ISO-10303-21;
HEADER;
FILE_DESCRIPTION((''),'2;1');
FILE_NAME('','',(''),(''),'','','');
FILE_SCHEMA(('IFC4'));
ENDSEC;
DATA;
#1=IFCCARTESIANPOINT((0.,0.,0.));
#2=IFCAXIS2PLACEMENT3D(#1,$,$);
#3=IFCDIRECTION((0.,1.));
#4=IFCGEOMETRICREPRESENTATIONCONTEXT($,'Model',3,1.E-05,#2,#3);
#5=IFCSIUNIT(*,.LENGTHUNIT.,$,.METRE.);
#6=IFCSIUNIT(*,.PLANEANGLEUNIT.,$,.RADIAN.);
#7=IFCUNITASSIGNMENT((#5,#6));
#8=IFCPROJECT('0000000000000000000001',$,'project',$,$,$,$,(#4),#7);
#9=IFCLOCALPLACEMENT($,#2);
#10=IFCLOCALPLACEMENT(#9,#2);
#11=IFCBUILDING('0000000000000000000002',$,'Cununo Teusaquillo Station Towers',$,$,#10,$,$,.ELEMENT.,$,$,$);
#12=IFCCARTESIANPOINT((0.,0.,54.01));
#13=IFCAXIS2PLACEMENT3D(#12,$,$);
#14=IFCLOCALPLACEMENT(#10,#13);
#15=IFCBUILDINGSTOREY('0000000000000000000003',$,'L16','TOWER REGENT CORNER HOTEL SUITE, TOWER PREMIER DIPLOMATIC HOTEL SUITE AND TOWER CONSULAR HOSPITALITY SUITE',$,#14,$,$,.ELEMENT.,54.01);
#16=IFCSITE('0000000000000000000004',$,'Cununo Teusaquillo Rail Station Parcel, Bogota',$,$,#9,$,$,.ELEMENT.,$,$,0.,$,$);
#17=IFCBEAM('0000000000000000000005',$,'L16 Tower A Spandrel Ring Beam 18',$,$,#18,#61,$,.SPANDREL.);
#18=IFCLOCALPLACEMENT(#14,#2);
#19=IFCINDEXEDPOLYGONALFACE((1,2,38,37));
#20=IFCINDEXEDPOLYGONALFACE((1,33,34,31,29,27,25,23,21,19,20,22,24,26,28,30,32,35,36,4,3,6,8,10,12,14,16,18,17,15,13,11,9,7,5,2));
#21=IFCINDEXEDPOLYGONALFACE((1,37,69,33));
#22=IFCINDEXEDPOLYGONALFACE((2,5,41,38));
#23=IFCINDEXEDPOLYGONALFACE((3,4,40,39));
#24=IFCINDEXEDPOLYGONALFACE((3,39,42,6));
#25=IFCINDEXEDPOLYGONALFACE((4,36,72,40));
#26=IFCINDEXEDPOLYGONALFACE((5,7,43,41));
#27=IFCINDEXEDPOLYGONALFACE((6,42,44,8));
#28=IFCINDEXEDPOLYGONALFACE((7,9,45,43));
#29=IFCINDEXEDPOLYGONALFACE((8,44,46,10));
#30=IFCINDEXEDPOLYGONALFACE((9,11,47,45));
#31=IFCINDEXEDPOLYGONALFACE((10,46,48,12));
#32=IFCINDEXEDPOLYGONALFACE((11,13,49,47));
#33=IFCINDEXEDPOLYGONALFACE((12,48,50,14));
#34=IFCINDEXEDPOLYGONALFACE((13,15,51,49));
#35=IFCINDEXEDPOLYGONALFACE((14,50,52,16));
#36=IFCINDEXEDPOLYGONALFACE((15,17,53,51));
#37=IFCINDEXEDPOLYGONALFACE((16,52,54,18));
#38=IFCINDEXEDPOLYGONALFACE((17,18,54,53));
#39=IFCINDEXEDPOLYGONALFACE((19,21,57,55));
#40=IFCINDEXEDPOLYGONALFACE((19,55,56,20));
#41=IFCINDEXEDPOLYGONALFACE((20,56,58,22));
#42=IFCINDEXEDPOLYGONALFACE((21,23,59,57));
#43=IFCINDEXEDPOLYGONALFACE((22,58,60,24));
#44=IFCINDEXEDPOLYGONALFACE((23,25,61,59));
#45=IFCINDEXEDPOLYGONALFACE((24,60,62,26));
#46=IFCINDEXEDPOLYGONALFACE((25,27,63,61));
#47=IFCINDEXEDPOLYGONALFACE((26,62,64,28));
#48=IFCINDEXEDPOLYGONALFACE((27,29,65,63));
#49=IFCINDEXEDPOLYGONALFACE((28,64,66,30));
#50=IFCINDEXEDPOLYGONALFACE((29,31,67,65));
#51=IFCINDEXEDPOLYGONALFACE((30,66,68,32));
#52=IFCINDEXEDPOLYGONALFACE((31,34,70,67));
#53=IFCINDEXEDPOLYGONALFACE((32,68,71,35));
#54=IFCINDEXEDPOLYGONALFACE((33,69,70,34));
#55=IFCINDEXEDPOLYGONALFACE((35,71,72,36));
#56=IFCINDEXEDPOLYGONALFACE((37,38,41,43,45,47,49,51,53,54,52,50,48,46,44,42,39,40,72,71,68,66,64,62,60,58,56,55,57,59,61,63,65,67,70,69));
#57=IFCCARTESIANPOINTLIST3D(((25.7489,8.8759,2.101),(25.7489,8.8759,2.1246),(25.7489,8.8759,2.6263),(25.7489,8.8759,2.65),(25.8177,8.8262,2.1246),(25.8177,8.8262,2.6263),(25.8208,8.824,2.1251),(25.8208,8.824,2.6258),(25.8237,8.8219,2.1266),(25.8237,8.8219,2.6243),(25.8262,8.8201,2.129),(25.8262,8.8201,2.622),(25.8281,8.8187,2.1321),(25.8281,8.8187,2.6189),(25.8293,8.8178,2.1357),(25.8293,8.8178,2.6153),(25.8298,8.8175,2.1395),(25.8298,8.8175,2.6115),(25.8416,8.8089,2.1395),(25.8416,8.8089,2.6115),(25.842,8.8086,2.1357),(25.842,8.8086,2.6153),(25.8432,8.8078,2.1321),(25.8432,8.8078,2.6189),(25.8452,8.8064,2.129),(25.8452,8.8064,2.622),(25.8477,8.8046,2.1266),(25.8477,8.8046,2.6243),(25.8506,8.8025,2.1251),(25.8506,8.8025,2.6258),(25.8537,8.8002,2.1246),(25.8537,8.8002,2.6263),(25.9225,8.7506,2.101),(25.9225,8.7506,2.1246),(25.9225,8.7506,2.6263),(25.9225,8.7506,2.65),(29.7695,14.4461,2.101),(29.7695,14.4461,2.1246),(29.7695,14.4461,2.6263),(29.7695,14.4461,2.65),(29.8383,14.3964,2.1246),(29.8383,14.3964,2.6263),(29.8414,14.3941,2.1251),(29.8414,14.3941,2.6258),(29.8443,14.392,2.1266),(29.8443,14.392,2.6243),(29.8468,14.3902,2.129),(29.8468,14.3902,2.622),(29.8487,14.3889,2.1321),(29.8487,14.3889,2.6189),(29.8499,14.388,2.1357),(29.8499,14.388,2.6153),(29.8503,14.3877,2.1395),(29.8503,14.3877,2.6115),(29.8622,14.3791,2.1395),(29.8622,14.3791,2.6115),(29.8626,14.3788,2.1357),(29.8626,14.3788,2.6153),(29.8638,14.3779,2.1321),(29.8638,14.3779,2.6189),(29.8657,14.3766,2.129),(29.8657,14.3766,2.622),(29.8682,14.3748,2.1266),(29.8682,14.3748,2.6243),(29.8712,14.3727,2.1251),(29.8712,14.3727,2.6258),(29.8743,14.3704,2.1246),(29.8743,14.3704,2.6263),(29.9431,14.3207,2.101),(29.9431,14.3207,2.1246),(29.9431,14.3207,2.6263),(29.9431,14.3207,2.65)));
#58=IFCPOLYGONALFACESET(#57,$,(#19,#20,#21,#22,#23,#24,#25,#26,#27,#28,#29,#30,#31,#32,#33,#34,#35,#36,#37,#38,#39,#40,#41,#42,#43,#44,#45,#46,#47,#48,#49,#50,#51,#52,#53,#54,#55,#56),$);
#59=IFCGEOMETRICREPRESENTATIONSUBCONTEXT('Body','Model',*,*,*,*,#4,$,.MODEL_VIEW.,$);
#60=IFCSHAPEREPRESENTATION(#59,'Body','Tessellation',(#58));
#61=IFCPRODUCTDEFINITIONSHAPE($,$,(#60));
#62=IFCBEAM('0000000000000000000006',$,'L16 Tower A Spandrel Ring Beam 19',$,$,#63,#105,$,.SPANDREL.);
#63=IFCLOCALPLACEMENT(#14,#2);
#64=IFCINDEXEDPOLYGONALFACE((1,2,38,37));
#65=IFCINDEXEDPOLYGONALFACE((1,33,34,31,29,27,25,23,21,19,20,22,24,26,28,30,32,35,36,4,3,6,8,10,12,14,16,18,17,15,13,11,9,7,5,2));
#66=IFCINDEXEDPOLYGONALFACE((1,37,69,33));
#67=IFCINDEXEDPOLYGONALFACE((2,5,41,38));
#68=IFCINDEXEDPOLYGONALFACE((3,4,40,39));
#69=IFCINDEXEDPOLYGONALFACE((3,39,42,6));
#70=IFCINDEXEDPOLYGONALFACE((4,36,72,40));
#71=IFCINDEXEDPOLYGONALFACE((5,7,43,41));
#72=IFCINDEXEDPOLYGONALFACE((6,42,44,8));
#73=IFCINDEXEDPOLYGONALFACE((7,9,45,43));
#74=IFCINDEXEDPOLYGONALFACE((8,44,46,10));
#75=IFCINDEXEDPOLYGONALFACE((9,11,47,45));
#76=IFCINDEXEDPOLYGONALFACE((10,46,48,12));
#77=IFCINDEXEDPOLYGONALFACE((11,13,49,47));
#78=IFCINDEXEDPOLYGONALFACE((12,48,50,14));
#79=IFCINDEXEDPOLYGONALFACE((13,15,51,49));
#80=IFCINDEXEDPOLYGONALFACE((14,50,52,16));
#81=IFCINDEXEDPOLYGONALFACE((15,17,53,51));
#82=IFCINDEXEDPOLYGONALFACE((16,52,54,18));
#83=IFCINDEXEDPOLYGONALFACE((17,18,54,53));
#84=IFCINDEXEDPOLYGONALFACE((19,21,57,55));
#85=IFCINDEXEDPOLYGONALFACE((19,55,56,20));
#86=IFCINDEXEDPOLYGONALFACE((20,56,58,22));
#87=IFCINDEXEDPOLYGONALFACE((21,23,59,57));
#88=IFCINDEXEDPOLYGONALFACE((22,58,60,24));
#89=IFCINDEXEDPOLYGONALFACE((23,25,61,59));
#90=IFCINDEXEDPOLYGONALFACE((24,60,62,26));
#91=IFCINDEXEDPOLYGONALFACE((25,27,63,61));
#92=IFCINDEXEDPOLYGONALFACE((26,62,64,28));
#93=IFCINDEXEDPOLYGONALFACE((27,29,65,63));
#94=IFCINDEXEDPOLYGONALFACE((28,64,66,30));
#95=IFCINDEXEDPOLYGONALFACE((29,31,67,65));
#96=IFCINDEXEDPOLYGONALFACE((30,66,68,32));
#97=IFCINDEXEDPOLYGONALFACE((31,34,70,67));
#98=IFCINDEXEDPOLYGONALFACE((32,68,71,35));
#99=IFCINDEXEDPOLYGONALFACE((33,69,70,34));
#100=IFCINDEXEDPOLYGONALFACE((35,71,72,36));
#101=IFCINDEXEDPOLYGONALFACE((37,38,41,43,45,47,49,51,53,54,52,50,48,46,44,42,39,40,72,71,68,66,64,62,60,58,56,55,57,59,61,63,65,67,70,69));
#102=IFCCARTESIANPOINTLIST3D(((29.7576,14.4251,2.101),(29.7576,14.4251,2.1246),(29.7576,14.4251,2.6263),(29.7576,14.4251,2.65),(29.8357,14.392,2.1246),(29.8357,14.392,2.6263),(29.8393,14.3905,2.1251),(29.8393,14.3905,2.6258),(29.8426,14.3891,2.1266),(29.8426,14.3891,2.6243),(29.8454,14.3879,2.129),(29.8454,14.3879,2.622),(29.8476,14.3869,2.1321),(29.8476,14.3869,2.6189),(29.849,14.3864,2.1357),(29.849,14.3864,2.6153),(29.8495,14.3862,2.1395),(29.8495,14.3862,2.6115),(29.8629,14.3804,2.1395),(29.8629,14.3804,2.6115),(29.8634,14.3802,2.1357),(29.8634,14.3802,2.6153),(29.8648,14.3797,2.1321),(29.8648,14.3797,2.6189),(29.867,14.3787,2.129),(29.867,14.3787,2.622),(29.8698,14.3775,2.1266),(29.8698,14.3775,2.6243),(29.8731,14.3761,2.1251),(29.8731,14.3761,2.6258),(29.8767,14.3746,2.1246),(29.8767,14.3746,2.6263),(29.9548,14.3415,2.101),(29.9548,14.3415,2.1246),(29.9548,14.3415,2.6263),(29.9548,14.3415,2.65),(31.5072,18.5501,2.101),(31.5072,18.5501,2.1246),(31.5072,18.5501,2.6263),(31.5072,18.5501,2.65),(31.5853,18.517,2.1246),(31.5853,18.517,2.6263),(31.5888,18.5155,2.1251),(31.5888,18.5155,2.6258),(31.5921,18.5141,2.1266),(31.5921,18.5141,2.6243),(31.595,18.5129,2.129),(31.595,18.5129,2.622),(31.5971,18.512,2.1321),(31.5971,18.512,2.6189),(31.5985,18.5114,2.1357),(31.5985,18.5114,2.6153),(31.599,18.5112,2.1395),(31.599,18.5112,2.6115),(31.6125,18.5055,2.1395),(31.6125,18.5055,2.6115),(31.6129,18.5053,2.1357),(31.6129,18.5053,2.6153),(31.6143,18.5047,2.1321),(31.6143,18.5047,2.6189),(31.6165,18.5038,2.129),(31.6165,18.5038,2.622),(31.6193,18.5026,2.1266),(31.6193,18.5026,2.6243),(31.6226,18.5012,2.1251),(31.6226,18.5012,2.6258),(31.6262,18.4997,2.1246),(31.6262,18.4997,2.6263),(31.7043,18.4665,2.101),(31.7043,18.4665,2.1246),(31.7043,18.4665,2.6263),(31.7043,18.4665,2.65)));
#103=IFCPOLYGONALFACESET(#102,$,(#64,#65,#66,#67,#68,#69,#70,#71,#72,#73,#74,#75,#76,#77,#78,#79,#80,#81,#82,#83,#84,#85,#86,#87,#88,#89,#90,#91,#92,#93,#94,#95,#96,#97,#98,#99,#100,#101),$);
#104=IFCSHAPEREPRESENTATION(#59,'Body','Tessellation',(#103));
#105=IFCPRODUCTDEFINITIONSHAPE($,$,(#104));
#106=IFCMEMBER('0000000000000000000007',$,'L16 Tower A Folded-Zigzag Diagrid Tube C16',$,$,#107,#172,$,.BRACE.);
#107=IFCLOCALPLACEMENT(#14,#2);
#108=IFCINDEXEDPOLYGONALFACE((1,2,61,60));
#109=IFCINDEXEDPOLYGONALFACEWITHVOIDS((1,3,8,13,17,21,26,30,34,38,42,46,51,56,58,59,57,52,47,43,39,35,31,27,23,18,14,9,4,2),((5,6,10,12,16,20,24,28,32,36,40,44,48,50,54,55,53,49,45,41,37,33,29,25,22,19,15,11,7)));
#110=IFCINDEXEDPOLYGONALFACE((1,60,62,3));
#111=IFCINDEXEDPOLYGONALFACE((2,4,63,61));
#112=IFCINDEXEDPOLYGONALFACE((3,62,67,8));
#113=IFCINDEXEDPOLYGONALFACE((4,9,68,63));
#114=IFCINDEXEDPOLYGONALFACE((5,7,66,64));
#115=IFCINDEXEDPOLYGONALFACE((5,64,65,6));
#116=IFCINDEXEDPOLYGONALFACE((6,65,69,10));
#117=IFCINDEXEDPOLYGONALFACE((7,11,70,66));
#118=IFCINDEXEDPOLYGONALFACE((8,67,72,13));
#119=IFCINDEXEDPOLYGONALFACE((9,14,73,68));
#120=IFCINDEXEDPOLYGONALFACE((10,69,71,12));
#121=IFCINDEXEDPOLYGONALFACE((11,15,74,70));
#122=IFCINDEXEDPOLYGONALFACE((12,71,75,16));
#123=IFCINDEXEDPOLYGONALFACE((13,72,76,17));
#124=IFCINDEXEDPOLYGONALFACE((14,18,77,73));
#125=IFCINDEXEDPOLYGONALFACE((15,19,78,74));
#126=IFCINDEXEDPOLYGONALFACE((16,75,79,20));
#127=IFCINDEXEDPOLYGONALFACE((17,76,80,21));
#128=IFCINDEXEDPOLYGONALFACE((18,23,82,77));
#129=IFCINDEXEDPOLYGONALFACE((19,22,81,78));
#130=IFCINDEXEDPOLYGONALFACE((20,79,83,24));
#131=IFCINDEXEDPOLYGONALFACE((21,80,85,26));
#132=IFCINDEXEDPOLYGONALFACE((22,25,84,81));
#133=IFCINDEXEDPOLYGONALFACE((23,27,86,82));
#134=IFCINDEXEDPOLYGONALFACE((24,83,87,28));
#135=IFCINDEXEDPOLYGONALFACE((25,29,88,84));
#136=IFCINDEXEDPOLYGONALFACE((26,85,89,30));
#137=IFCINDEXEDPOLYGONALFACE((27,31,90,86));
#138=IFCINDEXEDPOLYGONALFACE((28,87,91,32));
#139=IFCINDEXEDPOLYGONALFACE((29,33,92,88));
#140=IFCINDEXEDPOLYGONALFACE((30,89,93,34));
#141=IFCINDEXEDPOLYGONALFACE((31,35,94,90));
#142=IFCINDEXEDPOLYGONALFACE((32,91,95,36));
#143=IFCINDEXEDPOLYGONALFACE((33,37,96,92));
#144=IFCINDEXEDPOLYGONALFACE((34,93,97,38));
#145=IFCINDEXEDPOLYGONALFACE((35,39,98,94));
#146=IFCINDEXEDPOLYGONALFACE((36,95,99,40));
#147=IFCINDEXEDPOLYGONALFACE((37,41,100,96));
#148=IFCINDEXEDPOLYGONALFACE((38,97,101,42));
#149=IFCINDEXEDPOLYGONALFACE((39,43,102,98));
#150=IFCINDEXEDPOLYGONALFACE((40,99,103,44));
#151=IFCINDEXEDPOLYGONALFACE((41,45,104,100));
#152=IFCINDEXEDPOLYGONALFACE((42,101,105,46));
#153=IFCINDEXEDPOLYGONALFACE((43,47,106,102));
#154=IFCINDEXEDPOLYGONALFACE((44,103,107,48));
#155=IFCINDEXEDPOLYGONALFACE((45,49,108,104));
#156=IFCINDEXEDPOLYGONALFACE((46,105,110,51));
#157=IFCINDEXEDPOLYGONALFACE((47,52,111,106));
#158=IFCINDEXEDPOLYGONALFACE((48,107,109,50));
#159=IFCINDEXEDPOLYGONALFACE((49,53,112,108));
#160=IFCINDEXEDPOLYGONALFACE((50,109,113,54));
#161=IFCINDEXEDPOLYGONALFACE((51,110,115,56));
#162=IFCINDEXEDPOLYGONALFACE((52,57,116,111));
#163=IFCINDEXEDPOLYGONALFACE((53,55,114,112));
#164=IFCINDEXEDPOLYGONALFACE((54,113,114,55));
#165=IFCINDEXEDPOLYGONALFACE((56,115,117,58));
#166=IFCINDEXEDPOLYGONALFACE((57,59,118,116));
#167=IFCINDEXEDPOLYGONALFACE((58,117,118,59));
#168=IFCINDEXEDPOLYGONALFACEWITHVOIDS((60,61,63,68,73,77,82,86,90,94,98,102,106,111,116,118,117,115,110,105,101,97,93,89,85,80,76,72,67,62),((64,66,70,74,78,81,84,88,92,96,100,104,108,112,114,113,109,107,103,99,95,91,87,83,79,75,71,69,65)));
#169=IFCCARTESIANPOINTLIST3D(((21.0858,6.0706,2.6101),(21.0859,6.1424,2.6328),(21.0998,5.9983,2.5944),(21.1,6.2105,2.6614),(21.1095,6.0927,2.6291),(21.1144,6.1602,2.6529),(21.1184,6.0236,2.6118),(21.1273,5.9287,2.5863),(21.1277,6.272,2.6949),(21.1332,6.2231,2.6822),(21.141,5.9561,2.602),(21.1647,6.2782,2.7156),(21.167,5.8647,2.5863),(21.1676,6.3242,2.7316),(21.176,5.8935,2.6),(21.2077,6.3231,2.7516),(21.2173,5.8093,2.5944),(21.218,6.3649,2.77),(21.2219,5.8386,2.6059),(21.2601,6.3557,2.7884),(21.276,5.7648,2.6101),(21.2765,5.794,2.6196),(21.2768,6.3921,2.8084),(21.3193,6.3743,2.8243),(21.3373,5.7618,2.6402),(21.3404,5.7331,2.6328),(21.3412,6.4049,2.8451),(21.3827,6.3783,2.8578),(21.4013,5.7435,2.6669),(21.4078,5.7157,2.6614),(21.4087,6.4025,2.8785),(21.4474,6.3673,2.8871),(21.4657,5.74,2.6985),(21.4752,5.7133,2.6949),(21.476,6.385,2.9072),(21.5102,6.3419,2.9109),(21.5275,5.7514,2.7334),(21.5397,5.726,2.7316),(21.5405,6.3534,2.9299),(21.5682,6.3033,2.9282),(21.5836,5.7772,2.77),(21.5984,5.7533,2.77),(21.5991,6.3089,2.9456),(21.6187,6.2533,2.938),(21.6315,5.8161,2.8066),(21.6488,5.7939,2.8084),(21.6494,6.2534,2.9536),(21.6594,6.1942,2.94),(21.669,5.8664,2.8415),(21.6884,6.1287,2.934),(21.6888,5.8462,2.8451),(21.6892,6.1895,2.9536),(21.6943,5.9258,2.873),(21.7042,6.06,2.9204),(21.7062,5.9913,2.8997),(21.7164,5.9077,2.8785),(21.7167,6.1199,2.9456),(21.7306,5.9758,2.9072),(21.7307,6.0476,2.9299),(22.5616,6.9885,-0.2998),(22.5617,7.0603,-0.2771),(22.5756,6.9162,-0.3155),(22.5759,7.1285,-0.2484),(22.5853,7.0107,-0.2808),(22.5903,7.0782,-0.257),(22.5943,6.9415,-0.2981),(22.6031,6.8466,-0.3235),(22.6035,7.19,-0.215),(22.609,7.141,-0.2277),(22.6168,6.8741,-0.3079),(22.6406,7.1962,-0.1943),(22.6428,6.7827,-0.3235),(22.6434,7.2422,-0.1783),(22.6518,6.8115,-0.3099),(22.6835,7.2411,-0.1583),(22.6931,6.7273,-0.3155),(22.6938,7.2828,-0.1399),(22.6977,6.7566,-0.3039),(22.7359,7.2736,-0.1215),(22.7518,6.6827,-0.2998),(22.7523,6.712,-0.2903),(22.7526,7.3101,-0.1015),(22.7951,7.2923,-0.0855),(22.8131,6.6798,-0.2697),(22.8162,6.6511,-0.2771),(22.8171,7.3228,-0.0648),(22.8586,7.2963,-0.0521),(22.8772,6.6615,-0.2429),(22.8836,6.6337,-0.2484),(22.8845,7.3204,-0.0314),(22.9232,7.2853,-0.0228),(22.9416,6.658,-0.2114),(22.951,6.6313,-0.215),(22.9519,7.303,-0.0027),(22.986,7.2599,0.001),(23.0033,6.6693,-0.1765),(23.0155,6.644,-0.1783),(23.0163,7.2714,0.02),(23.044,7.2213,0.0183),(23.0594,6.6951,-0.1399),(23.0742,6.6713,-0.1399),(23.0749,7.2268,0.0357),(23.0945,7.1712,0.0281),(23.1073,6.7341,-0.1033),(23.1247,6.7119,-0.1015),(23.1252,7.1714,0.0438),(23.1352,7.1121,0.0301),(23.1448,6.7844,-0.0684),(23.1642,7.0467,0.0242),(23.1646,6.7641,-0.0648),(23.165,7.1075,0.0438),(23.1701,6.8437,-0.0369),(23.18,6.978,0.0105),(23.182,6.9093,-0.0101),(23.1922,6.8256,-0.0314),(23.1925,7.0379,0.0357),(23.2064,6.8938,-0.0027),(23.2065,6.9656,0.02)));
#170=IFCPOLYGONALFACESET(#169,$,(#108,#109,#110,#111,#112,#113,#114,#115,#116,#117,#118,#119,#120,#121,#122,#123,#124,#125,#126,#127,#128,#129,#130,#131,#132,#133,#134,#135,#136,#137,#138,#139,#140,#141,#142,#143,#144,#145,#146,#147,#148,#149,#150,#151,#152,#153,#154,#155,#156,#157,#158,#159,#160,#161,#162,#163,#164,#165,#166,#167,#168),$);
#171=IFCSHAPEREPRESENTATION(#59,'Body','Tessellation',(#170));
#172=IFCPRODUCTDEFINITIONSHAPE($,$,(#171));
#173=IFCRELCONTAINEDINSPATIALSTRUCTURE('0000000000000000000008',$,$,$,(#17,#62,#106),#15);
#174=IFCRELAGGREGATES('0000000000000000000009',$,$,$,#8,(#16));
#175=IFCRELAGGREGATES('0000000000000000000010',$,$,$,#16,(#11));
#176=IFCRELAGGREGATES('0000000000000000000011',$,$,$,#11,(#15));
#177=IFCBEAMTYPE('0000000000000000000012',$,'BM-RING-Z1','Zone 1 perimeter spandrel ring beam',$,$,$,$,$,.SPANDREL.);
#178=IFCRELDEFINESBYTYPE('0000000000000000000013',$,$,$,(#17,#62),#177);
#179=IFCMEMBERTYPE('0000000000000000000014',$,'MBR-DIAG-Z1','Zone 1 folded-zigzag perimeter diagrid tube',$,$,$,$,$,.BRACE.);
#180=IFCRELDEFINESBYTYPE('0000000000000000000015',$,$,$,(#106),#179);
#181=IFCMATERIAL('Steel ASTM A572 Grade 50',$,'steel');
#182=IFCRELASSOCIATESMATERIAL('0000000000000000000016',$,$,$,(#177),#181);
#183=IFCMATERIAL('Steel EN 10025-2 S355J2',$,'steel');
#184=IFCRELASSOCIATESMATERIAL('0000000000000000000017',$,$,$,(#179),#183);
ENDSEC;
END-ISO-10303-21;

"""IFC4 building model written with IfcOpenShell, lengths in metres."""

from ifc_helpers import new_model, si_unit, direction, frame, origin, origin_2d, place, context, subcontext, project, spatial, hollow_circle, i_section, extrude, material, material_profile, profile_set, type_object, element, save


model = new_model("IFC4")

# Units and contexts
model_context = context("Model", 3, precision=1e-05, world=origin(), true_north=direction((0.0, 1.0)))
body_context = subcontext(model_context, "Body", "Model", "MODEL_VIEW")
ifc_project = project(units=[si_unit("LENGTHUNIT", "METRE"), si_unit("PLANEANGLEUNIT", "RADIAN")], contexts=[model_context])

# Site, building, storey
site_placement = place(None, origin())
site = spatial("IfcSite", under=ifc_project, at=site_placement, Name="Cununo Teusaquillo Rail Station Parcel, Bogota", CompositionType="ELEMENT", RefElevation=0.0)
building_placement = place(site_placement, origin())
building = spatial("IfcBuilding", under=site, at=building_placement, Name="Cununo Teusaquillo Station Towers", CompositionType="ELEMENT")
storey_placement = place(building_placement, frame((0.0, 0.0, 54.01)))
storey = spatial("IfcBuildingStorey", under=building, at=storey_placement, Name="L16", Description="TOWER REGENT CORNER HOTEL SUITE, TOWER PREMIER DIPLOMATIC HOTEL SUITE AND TOWER CONSULAR HOSPITALITY SUITE", CompositionType="ELEMENT", Elevation=54.01)

# Beams
ifc_material_1 = material(Name="Steel ASTM A572 Grade 50", Category="steel")
ifc_material_profile_1 = material_profile(ifc_material_1, i_section(OverallWidth=0.2141, OverallDepth=0.5491, WebThickness=0.0146, FlangeThickness=0.0237, FilletRadius=0.0149, at=origin_2d()), Name="W21X93")
ifc_profile_set_1 = profile_set([ifc_material_profile_1], Name="Steel ASTM A572 Grade 50")
beam_type_1 = type_object("IfcBeamType", Name="BM-RING-Z1", Description="Zone 1 perimeter spandrel ring beam", PredefinedType="SPANDREL", material=ifc_profile_set_1)
beam_1_placement = place(storey_placement, frame((25.8357, 8.8132, 2.3755), z_axis=(0.585269, 0.810839, 0.0), x_axis=(-0.810839, 0.585269, 0.0)))
element("IfcBeam", 1, at=beam_1_placement, inside=storey, type_object=beam_type_1, Name="L16 Tower A Spandrel Ring Beam 18", PredefinedType="SPANDREL", context=body_context, shape_type="SweptSolid", body=[
    extrude(i_section(OverallWidth=0.2141, OverallDepth=0.5491, WebThickness=0.0146, FlangeThickness=0.0237, FilletRadius=0.0149, at=origin_2d()), origin(), (0.0, 0.0, 1.0), 6.8696),
])
beam_2_placement = place(storey_placement, frame((29.8562, 14.3833, 2.3755), z_axis=(0.390457, 0.920621, 0.0), x_axis=(-0.920621, 0.390457, 0.0)))
element("IfcBeam", 2, at=beam_2_placement, inside=storey, type_object=beam_type_1, Name="L16 Tower A Spandrel Ring Beam 19", PredefinedType="SPANDREL", context=body_context, shape_type="SweptSolid", body=[
    extrude(i_section(OverallWidth=0.2141, OverallDepth=0.5491, WebThickness=0.0146, FlangeThickness=0.0237, FilletRadius=0.0149, at=origin_2d()), origin(), (0.0, 0.0, 1.0), 4.4807),
])

# Member
ifc_material_2 = material(Name="Steel EN 10025-2 S355J2", Category="steel")
ifc_material_profile_2 = material_profile(ifc_material_2, hollow_circle(Radius=0.3601, WallThickness=0.0281, at=origin_2d()), Name="CHS 720x28")
ifc_profile_set_2 = profile_set([ifc_material_profile_2], Name="Steel EN 10025-2 S355J2")
member_type = type_object("IfcMemberType", Name="MBR-DIAG-Z1", Description="Zone 1 folded-zigzag perimeter diagrid tube", PredefinedType="BRACE", material=ifc_profile_set_2)
member_1_placement = place(storey_placement, frame((22.884, 6.9771, -0.1399), z_axis=(-0.43542, -0.270832, 0.858522), x_axis=(0.528167, -0.849141, 0.0)))
element("IfcMember", 3, at=member_1_placement, inside=storey, type_object=member_type, Name="L16 Tower A Folded-Zigzag Diagrid Tube C16", PredefinedType="BRACE", context=body_context, shape_type="SweptSolid", body=[
    extrude(hollow_circle(Radius=0.3601, WallThickness=0.0281, at=origin_2d()), origin(), (0.0, 0.0, 1.0), 3.3894),
])

save(model, "model.ifc")
